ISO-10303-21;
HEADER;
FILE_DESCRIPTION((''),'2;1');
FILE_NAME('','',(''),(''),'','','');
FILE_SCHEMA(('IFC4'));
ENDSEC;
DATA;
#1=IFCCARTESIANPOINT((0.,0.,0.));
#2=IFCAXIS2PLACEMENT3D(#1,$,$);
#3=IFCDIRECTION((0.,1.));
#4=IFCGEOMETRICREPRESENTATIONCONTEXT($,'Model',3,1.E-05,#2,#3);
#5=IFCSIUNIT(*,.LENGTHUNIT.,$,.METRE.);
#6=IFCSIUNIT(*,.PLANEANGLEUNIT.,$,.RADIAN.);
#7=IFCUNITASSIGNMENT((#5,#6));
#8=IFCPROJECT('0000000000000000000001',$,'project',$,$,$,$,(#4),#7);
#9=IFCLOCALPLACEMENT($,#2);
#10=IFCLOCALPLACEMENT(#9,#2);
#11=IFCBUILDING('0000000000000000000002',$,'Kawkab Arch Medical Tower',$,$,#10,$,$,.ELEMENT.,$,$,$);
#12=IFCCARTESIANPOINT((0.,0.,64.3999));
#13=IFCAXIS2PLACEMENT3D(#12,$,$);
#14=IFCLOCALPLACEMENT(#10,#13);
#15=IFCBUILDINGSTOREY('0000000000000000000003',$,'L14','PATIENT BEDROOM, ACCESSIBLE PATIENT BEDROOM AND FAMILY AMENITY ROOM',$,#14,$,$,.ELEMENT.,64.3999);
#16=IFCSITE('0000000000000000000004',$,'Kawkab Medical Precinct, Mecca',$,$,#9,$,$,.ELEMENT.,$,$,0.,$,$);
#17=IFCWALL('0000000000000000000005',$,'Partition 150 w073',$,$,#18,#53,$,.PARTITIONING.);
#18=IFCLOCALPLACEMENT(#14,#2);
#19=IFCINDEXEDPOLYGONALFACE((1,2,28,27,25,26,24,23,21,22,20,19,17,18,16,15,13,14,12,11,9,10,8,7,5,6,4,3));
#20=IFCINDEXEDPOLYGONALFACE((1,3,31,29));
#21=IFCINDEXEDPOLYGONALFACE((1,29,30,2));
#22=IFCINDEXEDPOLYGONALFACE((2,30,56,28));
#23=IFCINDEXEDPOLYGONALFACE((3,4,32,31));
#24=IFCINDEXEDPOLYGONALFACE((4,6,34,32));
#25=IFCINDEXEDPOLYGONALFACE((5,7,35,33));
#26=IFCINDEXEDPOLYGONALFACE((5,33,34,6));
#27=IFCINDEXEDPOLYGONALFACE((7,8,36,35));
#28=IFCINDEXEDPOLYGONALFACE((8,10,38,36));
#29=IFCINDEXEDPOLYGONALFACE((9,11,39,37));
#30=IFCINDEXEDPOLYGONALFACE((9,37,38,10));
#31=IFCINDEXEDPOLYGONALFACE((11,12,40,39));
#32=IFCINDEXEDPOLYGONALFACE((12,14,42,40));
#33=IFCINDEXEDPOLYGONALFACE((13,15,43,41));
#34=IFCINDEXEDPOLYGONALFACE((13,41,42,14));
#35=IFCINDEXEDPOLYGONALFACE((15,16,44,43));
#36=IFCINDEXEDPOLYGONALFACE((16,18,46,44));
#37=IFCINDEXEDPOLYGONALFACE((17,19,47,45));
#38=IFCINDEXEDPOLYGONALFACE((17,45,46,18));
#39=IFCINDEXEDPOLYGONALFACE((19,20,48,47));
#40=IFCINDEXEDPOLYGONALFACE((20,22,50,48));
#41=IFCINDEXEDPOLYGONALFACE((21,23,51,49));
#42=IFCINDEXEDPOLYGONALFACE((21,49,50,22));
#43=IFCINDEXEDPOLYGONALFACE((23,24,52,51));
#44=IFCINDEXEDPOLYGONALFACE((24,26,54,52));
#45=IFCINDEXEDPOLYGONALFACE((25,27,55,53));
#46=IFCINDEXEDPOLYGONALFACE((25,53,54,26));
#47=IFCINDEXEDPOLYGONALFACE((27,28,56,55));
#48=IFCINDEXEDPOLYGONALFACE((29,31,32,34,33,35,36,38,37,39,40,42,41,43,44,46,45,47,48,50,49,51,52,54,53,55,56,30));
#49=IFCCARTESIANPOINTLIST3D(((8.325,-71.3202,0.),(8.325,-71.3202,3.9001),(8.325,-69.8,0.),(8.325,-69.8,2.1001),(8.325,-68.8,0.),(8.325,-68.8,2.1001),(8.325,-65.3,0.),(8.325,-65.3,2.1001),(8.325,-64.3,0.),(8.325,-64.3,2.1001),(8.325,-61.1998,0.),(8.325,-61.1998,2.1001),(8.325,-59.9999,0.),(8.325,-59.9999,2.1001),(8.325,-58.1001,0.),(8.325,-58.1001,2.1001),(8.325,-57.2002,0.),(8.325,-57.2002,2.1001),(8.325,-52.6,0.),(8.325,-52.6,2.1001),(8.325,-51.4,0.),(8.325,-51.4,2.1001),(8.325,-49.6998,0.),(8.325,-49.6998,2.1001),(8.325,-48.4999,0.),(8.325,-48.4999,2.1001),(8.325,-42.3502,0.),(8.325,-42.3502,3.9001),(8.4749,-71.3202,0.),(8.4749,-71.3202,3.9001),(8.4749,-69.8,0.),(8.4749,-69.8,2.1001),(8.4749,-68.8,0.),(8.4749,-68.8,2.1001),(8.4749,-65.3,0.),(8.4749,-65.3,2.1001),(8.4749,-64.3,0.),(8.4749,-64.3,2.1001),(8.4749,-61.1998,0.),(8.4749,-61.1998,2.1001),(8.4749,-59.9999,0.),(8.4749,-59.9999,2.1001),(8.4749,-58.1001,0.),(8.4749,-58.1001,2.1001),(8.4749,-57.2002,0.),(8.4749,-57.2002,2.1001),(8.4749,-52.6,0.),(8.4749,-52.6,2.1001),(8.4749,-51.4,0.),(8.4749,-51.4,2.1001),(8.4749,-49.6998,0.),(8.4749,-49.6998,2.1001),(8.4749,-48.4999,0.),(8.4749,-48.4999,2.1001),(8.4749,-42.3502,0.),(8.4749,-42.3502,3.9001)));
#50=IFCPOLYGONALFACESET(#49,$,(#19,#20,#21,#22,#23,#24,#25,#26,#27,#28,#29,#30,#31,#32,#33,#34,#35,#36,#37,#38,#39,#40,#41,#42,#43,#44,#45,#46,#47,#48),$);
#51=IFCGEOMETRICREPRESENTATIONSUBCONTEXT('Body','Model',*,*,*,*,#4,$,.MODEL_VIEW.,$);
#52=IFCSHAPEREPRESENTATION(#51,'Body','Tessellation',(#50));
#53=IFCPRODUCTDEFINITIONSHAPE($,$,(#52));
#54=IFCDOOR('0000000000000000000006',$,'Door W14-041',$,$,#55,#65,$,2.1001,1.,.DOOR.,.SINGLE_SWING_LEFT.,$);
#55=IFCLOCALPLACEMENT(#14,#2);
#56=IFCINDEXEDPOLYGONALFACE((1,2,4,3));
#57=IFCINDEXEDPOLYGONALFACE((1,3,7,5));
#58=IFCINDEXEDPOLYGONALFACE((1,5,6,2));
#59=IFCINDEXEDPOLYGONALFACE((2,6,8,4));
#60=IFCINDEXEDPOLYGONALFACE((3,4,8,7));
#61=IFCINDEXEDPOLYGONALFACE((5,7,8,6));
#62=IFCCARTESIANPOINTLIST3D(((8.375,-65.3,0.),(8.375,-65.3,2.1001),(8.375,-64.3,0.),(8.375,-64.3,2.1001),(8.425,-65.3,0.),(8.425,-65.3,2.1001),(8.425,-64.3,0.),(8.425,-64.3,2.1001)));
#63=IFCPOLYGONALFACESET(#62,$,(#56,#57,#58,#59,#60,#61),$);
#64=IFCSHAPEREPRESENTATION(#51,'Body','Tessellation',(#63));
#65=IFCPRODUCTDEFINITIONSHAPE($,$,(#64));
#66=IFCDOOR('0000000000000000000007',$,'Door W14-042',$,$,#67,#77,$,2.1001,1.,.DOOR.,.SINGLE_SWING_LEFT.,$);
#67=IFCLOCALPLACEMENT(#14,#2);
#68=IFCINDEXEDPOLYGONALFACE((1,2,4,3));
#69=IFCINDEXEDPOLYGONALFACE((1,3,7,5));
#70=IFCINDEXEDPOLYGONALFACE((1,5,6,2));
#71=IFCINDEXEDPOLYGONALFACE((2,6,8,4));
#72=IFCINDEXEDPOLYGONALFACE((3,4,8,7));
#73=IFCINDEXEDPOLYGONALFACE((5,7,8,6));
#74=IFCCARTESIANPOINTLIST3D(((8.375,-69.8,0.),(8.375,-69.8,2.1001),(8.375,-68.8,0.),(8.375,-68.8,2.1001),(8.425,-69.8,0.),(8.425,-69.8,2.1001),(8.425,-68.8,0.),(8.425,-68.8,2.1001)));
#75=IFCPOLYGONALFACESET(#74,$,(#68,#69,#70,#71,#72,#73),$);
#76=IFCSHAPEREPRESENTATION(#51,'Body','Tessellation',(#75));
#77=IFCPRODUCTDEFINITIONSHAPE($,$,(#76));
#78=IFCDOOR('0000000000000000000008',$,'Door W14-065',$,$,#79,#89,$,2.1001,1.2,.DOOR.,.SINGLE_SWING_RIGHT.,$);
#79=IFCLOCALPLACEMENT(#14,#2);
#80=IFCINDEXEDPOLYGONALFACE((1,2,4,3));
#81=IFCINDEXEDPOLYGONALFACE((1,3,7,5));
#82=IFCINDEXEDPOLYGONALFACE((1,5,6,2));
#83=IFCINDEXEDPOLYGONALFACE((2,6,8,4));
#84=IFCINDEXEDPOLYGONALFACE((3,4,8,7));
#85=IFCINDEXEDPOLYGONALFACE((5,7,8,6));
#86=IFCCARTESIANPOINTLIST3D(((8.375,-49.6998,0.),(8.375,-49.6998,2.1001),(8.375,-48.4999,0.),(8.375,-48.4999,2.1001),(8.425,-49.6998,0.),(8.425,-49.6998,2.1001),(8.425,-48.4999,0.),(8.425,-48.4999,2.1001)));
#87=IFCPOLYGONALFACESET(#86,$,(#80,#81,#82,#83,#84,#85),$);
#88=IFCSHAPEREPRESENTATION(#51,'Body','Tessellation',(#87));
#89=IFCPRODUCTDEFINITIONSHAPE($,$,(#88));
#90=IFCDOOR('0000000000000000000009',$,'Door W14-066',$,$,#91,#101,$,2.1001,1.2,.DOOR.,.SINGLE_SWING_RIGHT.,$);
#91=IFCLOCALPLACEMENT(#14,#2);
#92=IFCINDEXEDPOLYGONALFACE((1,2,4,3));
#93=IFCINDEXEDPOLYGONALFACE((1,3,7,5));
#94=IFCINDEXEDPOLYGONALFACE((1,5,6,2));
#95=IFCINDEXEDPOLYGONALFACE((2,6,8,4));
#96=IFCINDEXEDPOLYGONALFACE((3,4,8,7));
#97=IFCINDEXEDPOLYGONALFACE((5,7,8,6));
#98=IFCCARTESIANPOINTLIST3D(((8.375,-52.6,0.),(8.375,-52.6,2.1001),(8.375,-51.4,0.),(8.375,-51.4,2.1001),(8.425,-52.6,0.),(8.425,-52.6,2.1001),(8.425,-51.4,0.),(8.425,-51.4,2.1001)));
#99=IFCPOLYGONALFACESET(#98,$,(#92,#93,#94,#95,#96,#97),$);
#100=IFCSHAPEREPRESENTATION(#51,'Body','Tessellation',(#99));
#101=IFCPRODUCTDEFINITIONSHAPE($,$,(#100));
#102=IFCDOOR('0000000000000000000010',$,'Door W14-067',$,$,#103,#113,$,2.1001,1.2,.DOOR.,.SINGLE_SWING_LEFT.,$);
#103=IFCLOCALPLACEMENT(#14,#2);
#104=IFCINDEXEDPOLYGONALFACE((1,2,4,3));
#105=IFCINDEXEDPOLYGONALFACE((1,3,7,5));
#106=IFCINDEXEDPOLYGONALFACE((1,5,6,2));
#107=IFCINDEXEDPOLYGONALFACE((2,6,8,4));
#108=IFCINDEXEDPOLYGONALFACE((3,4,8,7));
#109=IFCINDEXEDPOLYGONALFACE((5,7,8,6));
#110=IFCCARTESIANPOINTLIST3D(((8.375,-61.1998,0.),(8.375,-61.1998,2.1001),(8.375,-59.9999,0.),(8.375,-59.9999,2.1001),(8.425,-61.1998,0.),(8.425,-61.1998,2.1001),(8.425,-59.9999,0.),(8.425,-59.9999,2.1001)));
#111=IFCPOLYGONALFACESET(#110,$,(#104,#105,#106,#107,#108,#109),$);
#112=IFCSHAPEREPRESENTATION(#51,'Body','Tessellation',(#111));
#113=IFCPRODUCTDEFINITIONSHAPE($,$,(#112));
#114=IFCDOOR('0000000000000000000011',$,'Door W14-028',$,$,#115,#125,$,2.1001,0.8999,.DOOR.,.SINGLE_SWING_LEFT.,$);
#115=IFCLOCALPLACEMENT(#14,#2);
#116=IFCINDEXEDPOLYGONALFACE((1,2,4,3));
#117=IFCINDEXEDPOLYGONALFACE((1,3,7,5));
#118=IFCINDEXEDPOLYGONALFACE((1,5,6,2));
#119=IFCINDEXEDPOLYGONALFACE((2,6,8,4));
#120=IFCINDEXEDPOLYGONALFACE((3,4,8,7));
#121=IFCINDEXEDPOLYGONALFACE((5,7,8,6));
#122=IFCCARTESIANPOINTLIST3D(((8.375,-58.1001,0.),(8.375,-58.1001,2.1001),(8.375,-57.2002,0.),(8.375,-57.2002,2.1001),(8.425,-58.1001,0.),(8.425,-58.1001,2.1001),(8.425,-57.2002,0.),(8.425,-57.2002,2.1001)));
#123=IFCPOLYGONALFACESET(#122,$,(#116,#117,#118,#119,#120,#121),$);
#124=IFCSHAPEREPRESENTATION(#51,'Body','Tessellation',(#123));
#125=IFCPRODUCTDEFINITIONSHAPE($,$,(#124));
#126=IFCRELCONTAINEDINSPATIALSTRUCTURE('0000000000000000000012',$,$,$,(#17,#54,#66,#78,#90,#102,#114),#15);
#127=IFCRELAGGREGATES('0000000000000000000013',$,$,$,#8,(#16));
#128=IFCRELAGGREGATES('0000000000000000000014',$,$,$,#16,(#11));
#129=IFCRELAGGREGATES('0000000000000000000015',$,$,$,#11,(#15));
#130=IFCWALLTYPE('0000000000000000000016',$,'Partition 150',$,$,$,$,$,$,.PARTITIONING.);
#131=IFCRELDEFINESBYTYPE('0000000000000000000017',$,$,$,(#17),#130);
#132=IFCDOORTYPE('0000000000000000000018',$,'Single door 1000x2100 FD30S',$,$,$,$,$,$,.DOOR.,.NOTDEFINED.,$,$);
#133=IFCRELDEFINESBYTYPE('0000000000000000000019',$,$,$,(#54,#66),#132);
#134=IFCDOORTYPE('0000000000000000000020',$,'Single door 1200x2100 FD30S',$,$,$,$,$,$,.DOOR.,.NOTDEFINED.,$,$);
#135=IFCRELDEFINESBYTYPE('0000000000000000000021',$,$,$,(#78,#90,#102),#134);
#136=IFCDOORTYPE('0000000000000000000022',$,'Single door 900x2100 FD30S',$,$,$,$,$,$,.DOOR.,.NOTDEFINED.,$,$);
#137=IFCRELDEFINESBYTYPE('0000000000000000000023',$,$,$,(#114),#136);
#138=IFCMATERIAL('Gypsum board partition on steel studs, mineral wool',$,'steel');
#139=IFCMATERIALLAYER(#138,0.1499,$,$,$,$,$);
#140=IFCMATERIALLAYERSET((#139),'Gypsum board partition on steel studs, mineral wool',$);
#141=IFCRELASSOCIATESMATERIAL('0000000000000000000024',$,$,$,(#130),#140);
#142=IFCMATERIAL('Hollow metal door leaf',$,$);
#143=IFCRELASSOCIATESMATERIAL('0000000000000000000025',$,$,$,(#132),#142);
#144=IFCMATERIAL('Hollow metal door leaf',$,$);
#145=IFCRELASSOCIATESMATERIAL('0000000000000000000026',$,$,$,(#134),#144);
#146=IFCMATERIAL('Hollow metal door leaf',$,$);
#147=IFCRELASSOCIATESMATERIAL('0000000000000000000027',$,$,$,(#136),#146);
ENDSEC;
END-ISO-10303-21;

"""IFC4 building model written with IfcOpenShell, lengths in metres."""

from ifc_helpers import new_model, si_unit, direction, frame, frame_2d, origin, place, context, subcontext, project, spatial, rectangle, extrude, material, layer, layer_set, type_object, element, fill, save


model = new_model("IFC4")

# Units and contexts
model_context = context("Model", 3, precision=1e-05, world=origin(), true_north=direction((0.0, 1.0)))
body_context = subcontext(model_context, "Body", "Model", "MODEL_VIEW")
ifc_project = project(units=[si_unit("LENGTHUNIT", "METRE"), si_unit("PLANEANGLEUNIT", "RADIAN")], contexts=[model_context])

# Site, building, storey
site_placement = place(None, origin())
site = spatial("IfcSite", under=ifc_project, at=site_placement, Name="Kawkab Medical Precinct, Mecca", CompositionType="ELEMENT", RefElevation=0.0)
building_placement = place(site_placement, origin())
building = spatial("IfcBuilding", under=site, at=building_placement, Name="Kawkab Arch Medical Tower", CompositionType="ELEMENT")
storey_placement = place(building_placement, frame((0.0, 0.0, 64.3999)))
storey = spatial("IfcBuildingStorey", under=building, at=storey_placement, Name="L14", Description="PATIENT BEDROOM, ACCESSIBLE PATIENT BEDROOM AND FAMILY AMENITY ROOM", CompositionType="ELEMENT", Elevation=64.3999)

# Shared definitions
ifc_material_1 = material(Name="Gypsum board partition on steel studs, mineral wool", Category="steel")
ifc_layer_1 = layer(ifc_material_1, 0.1499)
ifc_layer_set_1 = layer_set([ifc_layer_1], Name="Gypsum board partition on steel studs, mineral wool")
wall_type_1 = type_object("IfcWallType", Name="Partition 150", PredefinedType="PARTITIONING", material=ifc_layer_set_1)

# Wall, openings, doors
wall_1_placement = place(storey_placement, frame((8.3999, -71.3201, 0.0), z_axis=(0.0, 0.0, 1.0), x_axis=(0.0, 1.0, 0.0)))
wall_1 = element("IfcWall", 1, at=wall_1_placement, inside=storey, type_object=wall_type_1, Name="Partition 150 w073", PredefinedType="PARTITIONING", context=body_context, shape_type="SweptSolid", body=[
    extrude(rectangle(XDim=28.97, YDim=0.1499, at=frame_2d((14.4849, 0.0))), origin(), (0.0, 0.0, 1.0), 3.9001),
])
opening_1_placement = place(wall_1_placement, frame((21.6201, 0.0, 0.0)))
opening_1 = element("IfcOpeningElement", 2, at=opening_1_placement, cuts=wall_1, PredefinedType="OPENING", context=body_context, shape_type="SweptSolid", body=[
    extrude(rectangle(XDim=1.2, YDim=2.1001, at=frame_2d((0.6001, 1.05))), frame((0.0, 0.085, 0.0), z_axis=(0.0, -1.0, 0.0), x_axis=(1.0, 0.0, 0.0)), (0.0, 0.0, 1.0), 0.1699),
])
opening_2_placement = place(wall_1_placement, frame((18.72, 0.0, 0.0)))
opening_2 = element("IfcOpeningElement", 3, at=opening_2_placement, cuts=wall_1, PredefinedType="OPENING", context=body_context, shape_type="SweptSolid", body=[
    extrude(rectangle(XDim=1.2, YDim=2.1001, at=frame_2d((0.6001, 1.05))), frame((0.0, 0.085, 0.0), z_axis=(0.0, -1.0, 0.0), x_axis=(1.0, 0.0, 0.0)), (0.0, 0.0, 1.0), 0.1699),
])
opening_3_placement = place(wall_1_placement, frame((10.1201, 0.0, 0.0)))
opening_3 = element("IfcOpeningElement", 4, at=opening_3_placement, cuts=wall_1, PredefinedType="OPENING", context=body_context, shape_type="SweptSolid", body=[
    extrude(rectangle(XDim=1.2, YDim=2.1001, at=frame_2d((0.6001, 1.05))), frame((0.0, 0.085, 0.0), z_axis=(0.0, -1.0, 0.0), x_axis=(1.0, 0.0, 0.0)), (0.0, 0.0, 1.0), 0.1699),
])
opening_4_placement = place(wall_1_placement, frame((13.22, 0.0, 0.0)))
opening_4 = element("IfcOpeningElement", 5, at=opening_4_placement, cuts=wall_1, PredefinedType="OPENING", context=body_context, shape_type="SweptSolid", body=[
    extrude(rectangle(XDim=0.8999, YDim=2.1001, at=frame_2d((0.45, 1.05))), frame((0.0, 0.085, 0.0), z_axis=(0.0, -1.0, 0.0), x_axis=(1.0, 0.0, 0.0)), (0.0, 0.0, 1.0), 0.1699),
])
opening_5_placement = place(wall_1_placement, frame((6.02, 0.0, 0.0)))
opening_5 = element("IfcOpeningElement", 6, at=opening_5_placement, cuts=wall_1, PredefinedType="OPENING", context=body_context, shape_type="SweptSolid", body=[
    extrude(rectangle(XDim=1.0, YDim=2.1001, at=frame_2d((0.5, 1.05))), frame((0.0, 0.085, 0.0), z_axis=(0.0, -1.0, 0.0), x_axis=(1.0, 0.0, 0.0)), (0.0, 0.0, 1.0), 0.1699),
])
opening_6_placement = place(wall_1_placement, frame((1.52, 0.0, 0.0)))
opening_6 = element("IfcOpeningElement", 7, at=opening_6_placement, cuts=wall_1, PredefinedType="OPENING", context=body_context, shape_type="SweptSolid", body=[
    extrude(rectangle(XDim=1.0, YDim=2.1001, at=frame_2d((0.5, 1.05))), frame((0.0, 0.085, 0.0), z_axis=(0.0, -1.0, 0.0), x_axis=(1.0, 0.0, 0.0)), (0.0, 0.0, 1.0), 0.1699),
])
ifc_material_2 = material(Name="Hollow metal door leaf")
door_type_1 = type_object("IfcDoorType", Name="Single door 1000x2100 FD30S", OperationType="NOTDEFINED", PredefinedType="DOOR", material=ifc_material_2)
door_1_placement = place(opening_5_placement, origin())
door_1 = element("IfcDoor", 8, at=door_1_placement, inside=storey, type_object=door_type_1, Name="Door W14-041", OperationType="SINGLE_SWING_LEFT", OverallHeight=2.1001, OverallWidth=1.0, PredefinedType="DOOR", context=body_context, shape_type="SweptSolid", body=[
    extrude(rectangle(XDim=1.0, YDim=2.1001, at=frame_2d((0.5, 1.05))), frame((0.0, 0.0249, 0.0), z_axis=(0.0, -1.0, 0.0), x_axis=(1.0, 0.0, 0.0)), (0.0, 0.0, 1.0), 0.05),
])
fill(opening_5, door_1)
door_2_placement = place(opening_6_placement, origin())
door_2 = element("IfcDoor", 9, at=door_2_placement, inside=storey, type_object=door_type_1, Name="Door W14-042", OperationType="SINGLE_SWING_LEFT", OverallHeight=2.1001, OverallWidth=1.0, PredefinedType="DOOR", context=body_context, shape_type="SweptSolid", body=[
    extrude(rectangle(XDim=1.0, YDim=2.1001, at=frame_2d((0.5, 1.05))), frame((0.0, 0.0249, 0.0), z_axis=(0.0, -1.0, 0.0), x_axis=(1.0, 0.0, 0.0)), (0.0, 0.0, 1.0), 0.05),
])
fill(opening_6, door_2)
ifc_material_3 = material(Name="Hollow metal door leaf")
door_type_2 = type_object("IfcDoorType", Name="Single door 1200x2100 FD30S", OperationType="NOTDEFINED", PredefinedType="DOOR", material=ifc_material_3)
door_3_placement = place(opening_1_placement, origin())
door_3 = element("IfcDoor", 10, at=door_3_placement, inside=storey, type_object=door_type_2, Name="Door W14-065", OperationType="SINGLE_SWING_RIGHT", OverallHeight=2.1001, OverallWidth=1.2, PredefinedType="DOOR", context=body_context, shape_type="SweptSolid", body=[
    extrude(rectangle(XDim=1.2, YDim=2.1001, at=frame_2d((0.6001, 1.05))), frame((0.0, 0.0249, 0.0), z_axis=(0.0, -1.0, 0.0), x_axis=(1.0, 0.0, 0.0)), (0.0, 0.0, 1.0), 0.05),
])
fill(opening_1, door_3)
door_4_placement = place(opening_2_placement, origin())
door_4 = element("IfcDoor", 11, at=door_4_placement, inside=storey, type_object=door_type_2, Name="Door W14-066", OperationType="SINGLE_SWING_RIGHT", OverallHeight=2.1001, OverallWidth=1.2, PredefinedType="DOOR", context=body_context, shape_type="SweptSolid", body=[
    extrude(rectangle(XDim=1.2, YDim=2.1001, at=frame_2d((0.6001, 1.05))), frame((0.0, 0.0249, 0.0), z_axis=(0.0, -1.0, 0.0), x_axis=(1.0, 0.0, 0.0)), (0.0, 0.0, 1.0), 0.05),
])
fill(opening_2, door_4)
door_5_placement = place(opening_3_placement, origin())
door_5 = element("IfcDoor", 12, at=door_5_placement, inside=storey, type_object=door_type_2, Name="Door W14-067", OperationType="SINGLE_SWING_LEFT", OverallHeight=2.1001, OverallWidth=1.2, PredefinedType="DOOR", context=body_context, shape_type="SweptSolid", body=[
    extrude(rectangle(XDim=1.2, YDim=2.1001, at=frame_2d((0.6001, 1.05))), frame((0.0, 0.0249, 0.0), z_axis=(0.0, -1.0, 0.0), x_axis=(1.0, 0.0, 0.0)), (0.0, 0.0, 1.0), 0.05),
])
fill(opening_3, door_5)
ifc_material_4 = material(Name="Hollow metal door leaf")
door_type_3 = type_object("IfcDoorType", Name="Single door 900x2100 FD30S", OperationType="NOTDEFINED", PredefinedType="DOOR", material=ifc_material_4)
door_6_placement = place(opening_4_placement, origin())
door_6 = element("IfcDoor", 13, at=door_6_placement, inside=storey, type_object=door_type_3, Name="Door W14-028", OperationType="SINGLE_SWING_LEFT", OverallHeight=2.1001, OverallWidth=0.8999, PredefinedType="DOOR", context=body_context, shape_type="SweptSolid", body=[
    extrude(rectangle(XDim=0.8999, YDim=2.1001, at=frame_2d((0.45, 1.05))), frame((0.0, 0.0249, 0.0), z_axis=(0.0, -1.0, 0.0), x_axis=(1.0, 0.0, 0.0)), (0.0, 0.0, 1.0), 0.05),
])
fill(opening_4, door_6)

save(model, "model.ifc")
